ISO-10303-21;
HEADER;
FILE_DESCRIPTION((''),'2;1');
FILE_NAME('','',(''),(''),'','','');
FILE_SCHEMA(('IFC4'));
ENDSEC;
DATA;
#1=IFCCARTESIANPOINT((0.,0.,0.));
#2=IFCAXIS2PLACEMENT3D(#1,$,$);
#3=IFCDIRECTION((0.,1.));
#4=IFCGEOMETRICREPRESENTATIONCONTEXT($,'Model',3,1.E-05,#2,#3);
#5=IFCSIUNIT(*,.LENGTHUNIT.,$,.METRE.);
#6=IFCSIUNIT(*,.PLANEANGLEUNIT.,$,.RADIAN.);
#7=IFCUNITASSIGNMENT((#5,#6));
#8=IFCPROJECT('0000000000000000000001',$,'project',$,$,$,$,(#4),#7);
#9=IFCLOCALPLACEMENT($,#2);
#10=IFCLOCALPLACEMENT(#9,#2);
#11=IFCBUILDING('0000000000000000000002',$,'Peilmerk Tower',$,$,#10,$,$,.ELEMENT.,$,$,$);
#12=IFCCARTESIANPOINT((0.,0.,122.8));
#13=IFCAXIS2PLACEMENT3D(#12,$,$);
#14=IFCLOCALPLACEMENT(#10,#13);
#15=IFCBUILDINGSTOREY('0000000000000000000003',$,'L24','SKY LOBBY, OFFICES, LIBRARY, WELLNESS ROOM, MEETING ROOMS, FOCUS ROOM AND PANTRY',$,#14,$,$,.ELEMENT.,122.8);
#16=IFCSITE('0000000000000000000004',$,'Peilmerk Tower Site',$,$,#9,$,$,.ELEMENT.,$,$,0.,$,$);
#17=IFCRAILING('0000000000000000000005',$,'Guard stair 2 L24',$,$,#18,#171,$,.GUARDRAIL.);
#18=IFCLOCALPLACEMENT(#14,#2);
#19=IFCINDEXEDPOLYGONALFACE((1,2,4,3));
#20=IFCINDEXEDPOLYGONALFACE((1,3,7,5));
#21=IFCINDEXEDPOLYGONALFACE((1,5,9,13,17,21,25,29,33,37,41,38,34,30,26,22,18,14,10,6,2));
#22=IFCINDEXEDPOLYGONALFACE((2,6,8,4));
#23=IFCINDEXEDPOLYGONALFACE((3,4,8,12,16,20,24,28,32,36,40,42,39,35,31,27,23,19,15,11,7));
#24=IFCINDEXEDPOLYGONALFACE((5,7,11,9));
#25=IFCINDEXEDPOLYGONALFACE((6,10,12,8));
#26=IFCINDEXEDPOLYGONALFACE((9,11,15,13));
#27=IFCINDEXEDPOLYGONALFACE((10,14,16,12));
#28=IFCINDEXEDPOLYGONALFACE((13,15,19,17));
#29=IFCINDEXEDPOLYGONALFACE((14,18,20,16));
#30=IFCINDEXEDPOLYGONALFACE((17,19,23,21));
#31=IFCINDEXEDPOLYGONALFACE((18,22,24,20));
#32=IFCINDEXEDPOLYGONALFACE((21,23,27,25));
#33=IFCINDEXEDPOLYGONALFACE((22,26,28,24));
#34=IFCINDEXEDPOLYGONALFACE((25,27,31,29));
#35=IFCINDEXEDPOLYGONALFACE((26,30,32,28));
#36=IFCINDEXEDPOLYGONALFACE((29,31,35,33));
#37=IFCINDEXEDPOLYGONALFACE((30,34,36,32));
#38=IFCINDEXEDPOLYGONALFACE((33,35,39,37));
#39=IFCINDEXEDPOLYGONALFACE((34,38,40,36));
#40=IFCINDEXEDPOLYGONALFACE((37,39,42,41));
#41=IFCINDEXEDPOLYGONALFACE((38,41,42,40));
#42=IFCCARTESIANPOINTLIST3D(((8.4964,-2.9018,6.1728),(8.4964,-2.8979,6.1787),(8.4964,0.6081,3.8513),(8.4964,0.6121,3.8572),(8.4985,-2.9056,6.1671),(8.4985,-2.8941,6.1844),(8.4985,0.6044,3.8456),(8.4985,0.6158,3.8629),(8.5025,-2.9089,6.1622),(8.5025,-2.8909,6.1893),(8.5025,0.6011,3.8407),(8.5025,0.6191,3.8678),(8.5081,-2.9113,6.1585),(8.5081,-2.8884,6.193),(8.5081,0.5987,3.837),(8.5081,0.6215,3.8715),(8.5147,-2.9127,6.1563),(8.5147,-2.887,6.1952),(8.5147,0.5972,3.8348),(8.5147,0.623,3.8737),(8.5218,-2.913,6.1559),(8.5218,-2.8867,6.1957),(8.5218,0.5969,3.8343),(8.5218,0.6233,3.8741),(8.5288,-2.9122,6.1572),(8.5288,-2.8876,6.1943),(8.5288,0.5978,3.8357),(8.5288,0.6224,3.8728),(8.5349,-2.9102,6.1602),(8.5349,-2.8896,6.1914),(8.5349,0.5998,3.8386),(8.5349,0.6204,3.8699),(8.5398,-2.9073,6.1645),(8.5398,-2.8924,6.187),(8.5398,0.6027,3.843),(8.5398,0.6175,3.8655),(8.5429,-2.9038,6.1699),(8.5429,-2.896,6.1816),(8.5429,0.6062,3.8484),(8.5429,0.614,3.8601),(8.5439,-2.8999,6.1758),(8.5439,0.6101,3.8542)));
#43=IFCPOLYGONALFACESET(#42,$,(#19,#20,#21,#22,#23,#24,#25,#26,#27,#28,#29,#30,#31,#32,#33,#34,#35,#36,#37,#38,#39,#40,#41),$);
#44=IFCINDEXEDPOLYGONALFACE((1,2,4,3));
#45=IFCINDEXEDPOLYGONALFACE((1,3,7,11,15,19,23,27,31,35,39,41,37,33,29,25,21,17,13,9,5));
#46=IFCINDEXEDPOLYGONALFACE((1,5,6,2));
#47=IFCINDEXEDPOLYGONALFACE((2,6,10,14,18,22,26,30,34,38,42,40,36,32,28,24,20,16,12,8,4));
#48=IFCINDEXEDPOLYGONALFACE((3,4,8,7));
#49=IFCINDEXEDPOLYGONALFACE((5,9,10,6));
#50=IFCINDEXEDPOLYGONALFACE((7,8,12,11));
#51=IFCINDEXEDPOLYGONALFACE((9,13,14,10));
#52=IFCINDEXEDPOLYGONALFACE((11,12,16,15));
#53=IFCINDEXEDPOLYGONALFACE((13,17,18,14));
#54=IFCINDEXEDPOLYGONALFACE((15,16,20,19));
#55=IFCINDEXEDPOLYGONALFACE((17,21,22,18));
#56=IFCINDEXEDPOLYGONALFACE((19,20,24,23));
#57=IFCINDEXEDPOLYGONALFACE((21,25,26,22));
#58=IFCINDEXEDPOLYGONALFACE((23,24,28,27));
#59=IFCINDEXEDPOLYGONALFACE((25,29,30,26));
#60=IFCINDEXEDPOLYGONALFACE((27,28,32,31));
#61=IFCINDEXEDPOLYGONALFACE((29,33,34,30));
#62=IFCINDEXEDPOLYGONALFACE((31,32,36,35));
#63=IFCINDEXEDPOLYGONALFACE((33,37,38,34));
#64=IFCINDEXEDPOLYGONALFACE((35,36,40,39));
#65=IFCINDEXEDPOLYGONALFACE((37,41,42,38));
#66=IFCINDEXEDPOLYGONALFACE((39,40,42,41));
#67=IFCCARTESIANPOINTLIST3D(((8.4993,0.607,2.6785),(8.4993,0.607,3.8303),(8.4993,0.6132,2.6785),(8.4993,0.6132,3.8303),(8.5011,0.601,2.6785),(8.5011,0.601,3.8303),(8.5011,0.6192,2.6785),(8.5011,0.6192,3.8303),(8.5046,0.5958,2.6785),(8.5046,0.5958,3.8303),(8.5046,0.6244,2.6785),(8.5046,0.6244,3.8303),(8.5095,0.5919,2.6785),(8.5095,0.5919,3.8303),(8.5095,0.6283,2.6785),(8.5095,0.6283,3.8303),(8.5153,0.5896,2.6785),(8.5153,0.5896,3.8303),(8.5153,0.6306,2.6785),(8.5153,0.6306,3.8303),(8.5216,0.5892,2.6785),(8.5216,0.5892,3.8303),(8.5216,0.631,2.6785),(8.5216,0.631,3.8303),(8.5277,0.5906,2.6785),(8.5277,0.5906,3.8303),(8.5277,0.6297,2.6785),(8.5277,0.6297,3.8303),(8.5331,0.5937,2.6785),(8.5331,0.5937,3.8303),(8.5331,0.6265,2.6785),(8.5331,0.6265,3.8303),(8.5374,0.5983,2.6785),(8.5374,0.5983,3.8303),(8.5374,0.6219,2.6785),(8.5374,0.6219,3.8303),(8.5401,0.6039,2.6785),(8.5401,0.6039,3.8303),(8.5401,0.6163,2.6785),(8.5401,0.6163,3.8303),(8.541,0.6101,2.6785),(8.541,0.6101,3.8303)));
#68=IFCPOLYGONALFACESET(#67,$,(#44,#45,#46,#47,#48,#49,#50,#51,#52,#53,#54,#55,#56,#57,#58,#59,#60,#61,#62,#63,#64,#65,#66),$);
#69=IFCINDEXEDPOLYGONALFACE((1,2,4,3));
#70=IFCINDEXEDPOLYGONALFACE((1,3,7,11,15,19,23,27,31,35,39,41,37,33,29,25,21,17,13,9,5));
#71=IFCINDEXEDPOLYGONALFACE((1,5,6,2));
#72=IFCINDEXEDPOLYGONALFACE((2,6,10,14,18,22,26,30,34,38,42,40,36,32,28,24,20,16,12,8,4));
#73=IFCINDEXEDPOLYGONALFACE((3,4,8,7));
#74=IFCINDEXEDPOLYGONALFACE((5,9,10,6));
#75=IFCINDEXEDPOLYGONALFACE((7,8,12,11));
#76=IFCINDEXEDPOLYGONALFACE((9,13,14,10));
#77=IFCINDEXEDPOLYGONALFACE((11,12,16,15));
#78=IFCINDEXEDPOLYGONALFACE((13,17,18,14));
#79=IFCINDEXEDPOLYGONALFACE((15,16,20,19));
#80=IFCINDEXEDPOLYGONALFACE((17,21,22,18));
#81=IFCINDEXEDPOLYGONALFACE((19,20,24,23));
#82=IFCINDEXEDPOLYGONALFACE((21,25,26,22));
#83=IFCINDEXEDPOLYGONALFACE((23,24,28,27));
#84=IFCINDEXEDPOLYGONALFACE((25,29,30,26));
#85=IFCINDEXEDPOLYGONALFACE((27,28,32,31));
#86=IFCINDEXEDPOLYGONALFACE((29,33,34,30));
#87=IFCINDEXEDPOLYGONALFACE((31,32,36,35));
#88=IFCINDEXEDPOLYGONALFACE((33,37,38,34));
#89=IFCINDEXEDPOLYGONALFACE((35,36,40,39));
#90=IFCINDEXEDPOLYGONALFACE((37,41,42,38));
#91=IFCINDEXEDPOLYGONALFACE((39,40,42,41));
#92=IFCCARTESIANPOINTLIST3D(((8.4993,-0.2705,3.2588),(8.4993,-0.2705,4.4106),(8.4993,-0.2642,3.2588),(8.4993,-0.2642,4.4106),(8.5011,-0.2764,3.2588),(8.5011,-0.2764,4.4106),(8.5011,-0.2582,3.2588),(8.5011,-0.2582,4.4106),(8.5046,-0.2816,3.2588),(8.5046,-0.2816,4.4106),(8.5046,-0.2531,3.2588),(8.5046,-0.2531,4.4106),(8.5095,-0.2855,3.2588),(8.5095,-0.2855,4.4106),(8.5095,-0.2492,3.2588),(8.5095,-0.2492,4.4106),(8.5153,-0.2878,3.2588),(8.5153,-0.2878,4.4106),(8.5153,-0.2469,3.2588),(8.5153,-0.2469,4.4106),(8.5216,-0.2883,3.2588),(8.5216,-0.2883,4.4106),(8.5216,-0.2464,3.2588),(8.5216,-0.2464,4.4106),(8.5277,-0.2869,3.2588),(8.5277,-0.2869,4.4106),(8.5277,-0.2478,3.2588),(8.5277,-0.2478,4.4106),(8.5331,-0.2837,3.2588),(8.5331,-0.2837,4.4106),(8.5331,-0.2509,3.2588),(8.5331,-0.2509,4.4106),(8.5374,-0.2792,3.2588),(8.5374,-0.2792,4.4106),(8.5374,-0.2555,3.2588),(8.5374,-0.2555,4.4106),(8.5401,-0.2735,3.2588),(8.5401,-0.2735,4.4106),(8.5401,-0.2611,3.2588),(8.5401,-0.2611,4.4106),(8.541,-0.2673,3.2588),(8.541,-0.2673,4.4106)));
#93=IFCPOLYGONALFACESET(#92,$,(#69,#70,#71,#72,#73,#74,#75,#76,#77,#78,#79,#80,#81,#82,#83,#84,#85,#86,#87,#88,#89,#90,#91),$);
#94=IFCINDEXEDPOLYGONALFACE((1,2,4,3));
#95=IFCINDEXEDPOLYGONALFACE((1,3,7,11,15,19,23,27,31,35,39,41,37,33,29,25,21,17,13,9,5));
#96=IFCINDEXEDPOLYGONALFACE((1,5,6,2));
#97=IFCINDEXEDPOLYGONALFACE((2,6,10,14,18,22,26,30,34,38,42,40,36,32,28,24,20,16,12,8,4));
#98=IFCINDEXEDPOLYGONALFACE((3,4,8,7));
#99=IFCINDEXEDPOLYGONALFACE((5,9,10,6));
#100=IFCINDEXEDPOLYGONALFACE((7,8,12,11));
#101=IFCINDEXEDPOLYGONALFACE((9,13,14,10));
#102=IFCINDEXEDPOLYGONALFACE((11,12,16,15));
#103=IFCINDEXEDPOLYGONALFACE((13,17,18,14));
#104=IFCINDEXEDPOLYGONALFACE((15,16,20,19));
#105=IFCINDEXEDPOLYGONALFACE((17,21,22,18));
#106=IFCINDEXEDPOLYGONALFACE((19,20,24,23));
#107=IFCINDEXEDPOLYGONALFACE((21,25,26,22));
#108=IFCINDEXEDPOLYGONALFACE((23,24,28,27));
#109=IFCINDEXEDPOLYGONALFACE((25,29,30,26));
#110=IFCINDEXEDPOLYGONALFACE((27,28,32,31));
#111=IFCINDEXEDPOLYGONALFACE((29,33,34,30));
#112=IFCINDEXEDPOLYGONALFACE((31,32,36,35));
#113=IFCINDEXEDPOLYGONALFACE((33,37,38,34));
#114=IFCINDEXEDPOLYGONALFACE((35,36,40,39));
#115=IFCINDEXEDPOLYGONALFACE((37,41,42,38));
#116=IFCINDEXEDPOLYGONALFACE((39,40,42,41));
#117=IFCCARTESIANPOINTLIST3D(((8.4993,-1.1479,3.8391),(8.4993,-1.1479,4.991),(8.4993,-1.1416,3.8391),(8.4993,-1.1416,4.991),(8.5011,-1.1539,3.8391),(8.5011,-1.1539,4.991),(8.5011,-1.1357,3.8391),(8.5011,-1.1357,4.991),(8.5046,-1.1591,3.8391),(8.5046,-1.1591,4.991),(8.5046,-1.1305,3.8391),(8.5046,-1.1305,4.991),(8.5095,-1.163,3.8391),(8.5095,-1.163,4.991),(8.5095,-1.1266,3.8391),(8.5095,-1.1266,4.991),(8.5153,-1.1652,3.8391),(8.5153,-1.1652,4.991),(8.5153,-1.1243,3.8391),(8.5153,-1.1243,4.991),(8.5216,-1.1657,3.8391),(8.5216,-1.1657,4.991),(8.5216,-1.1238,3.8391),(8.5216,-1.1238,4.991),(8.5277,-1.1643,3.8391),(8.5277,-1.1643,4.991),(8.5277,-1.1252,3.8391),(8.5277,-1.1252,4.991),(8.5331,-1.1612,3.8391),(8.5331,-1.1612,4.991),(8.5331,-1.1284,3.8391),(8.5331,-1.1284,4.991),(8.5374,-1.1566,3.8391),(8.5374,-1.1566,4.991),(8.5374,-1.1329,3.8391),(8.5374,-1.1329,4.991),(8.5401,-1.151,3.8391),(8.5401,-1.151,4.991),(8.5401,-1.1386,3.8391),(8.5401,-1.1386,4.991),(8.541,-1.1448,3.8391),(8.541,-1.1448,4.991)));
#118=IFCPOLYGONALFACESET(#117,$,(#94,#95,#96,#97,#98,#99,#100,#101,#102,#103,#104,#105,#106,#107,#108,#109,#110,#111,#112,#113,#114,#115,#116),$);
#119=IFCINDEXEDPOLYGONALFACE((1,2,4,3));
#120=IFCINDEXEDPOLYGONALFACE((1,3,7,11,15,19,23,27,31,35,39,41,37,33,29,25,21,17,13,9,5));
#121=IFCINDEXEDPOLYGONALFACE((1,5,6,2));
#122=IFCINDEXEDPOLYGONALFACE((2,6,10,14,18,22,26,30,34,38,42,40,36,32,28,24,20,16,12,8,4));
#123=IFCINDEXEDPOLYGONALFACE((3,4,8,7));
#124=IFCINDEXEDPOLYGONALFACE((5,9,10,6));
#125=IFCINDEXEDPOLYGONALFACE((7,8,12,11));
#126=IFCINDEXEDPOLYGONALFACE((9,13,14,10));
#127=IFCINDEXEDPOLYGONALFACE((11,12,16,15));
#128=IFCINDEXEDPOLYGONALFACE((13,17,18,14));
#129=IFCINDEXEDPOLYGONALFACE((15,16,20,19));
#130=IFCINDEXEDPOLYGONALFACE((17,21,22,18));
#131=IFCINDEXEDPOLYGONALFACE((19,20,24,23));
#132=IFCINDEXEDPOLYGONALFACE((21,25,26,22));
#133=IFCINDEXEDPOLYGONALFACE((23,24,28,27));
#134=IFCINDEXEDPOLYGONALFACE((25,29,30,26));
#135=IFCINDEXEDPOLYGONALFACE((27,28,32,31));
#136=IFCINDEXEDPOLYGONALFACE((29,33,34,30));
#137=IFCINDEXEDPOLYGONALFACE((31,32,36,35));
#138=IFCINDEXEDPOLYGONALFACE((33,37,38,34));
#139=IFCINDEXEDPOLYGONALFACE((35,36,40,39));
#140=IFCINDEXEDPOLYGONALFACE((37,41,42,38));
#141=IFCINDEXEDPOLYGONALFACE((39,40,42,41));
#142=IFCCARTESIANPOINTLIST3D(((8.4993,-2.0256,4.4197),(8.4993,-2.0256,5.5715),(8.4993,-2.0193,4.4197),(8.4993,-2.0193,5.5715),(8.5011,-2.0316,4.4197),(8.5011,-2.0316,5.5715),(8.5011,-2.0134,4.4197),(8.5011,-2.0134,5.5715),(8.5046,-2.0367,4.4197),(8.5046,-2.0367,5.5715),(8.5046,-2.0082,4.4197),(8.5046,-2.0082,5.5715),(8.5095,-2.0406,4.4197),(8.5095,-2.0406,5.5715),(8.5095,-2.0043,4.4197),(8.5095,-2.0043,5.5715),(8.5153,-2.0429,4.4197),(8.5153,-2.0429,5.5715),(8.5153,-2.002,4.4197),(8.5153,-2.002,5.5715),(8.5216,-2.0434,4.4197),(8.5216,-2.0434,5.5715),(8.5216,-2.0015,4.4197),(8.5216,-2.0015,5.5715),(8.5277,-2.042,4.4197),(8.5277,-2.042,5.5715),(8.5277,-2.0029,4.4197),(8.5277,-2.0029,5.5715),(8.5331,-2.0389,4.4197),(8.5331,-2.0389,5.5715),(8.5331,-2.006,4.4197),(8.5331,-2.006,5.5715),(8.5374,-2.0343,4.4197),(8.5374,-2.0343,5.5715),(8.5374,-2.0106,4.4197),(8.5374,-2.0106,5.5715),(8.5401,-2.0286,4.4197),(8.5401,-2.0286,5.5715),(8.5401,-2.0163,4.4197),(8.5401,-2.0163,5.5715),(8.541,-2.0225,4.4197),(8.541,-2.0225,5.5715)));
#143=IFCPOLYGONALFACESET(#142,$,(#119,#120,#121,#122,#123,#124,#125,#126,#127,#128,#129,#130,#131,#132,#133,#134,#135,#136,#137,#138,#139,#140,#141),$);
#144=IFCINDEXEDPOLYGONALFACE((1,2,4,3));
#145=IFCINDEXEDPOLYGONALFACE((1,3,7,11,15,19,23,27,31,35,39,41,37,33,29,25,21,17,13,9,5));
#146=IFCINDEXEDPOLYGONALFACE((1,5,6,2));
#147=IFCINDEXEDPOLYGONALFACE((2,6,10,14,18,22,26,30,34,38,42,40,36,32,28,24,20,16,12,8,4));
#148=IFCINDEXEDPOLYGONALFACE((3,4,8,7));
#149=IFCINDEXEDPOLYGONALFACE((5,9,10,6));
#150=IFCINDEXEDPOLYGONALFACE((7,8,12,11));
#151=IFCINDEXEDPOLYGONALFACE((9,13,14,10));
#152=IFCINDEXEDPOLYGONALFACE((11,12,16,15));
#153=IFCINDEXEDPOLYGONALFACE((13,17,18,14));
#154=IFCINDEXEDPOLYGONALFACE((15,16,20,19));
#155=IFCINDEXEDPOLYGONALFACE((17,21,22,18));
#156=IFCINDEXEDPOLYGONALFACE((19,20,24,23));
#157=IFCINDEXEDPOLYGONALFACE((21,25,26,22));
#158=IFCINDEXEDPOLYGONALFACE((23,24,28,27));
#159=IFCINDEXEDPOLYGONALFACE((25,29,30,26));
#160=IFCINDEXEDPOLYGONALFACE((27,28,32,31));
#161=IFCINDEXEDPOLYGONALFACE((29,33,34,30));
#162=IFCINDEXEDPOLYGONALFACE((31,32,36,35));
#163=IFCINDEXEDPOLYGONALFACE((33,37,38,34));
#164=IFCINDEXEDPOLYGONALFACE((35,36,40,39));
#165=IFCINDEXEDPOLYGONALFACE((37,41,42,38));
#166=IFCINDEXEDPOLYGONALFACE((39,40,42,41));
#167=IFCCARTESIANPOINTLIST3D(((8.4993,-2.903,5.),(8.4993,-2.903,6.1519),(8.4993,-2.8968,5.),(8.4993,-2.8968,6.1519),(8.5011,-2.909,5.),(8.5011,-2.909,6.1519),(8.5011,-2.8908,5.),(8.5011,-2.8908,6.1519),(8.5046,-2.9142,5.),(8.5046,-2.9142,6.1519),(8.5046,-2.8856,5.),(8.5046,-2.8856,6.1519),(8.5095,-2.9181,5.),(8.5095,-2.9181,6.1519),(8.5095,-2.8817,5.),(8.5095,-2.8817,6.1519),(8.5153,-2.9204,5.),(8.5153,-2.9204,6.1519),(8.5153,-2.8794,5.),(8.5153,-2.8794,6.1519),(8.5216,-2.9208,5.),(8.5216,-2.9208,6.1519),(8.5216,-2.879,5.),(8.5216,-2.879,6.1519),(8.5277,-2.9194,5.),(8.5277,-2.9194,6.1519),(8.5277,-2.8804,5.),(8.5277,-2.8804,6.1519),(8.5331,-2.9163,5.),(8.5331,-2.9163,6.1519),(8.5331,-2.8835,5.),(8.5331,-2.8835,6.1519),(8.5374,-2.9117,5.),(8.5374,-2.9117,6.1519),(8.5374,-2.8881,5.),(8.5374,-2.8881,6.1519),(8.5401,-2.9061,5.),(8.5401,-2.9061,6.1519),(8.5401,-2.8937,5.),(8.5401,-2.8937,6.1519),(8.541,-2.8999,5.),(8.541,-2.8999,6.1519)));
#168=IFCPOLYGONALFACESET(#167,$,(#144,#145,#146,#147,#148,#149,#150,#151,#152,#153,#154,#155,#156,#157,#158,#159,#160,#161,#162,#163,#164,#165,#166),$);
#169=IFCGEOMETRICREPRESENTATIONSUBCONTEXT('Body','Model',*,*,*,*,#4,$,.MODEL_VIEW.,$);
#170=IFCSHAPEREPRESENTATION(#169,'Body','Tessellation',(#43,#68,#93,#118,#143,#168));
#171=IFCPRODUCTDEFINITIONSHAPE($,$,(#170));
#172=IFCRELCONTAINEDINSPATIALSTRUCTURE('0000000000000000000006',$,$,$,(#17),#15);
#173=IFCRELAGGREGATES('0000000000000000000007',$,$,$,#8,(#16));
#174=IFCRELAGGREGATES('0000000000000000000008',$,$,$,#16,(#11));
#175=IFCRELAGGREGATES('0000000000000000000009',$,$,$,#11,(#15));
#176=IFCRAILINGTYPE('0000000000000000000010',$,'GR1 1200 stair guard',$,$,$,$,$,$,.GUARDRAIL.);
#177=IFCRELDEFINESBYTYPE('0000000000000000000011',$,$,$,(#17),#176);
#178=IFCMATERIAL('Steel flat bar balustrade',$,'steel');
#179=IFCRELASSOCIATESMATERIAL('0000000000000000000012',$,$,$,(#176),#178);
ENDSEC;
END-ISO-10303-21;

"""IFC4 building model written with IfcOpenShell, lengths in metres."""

from ifc_helpers import new_model, si_unit, direction, frame, origin, origin_2d, place, context, subcontext, project, spatial, circle, extrude, material, type_object, element, save


model = new_model("IFC4")

# Units and contexts
model_context = context("Model", 3, precision=1e-05, world=origin(), true_north=direction((0.0, 1.0)))
body_context = subcontext(model_context, "Body", "Model", "MODEL_VIEW")
ifc_project = project(units=[si_unit("LENGTHUNIT", "METRE"), si_unit("PLANEANGLEUNIT", "RADIAN")], contexts=[model_context])

# Site, building, storey
site_placement = place(None, origin())
site = spatial("IfcSite", under=ifc_project, at=site_placement, Name="Peilmerk Tower Site", CompositionType="ELEMENT", RefElevation=0.0)
building_placement = place(site_placement, origin())
building = spatial("IfcBuilding", under=site, at=building_placement, Name="Peilmerk Tower", CompositionType="ELEMENT")
storey_placement = place(building_placement, frame((0.0, 0.0, 122.8)))
storey = spatial("IfcBuildingStorey", under=building, at=storey_placement, Name="L24", Description="SKY LOBBY, OFFICES, LIBRARY, WELLNESS ROOM, MEETING ROOMS, FOCUS ROOM AND PANTRY", CompositionType="ELEMENT", Elevation=122.8)

# Railing
ifc_material_1 = material(Name="Steel flat bar balustrade", Category="steel")
railing_type = type_object("IfcRailingType", Name="GR1 1200 stair guard", PredefinedType="GUARDRAIL", material=ifc_material_1)
railing_placement = place(storey_placement, frame((8.52, 0.6101, 2.6785)))
element("IfcRailing", 1, at=railing_placement, inside=storey, type_object=railing_type, Name="Guard stair 2 L24", PredefinedType="GUARDRAIL", context=body_context, shape_type="SweptSolid", body=[
    extrude(circle(Radius=0.0239, at=origin_2d()), frame((0.0, 0.0, 1.1758), z_axis=(0.0, -0.834071, 0.551657), x_axis=(1.0, 0.0, 0.0)), (0.0, 0.0, 1.0), 4.2083),
    extrude(circle(Radius=0.021, at=origin_2d()), origin(), (0.0, 0.0, 1.0), 1.1519),
    extrude(circle(Radius=0.021, at=origin_2d()), frame((0.0, -0.8774, 0.5803)), (0.0, 0.0, 1.0), 1.1519),
    extrude(circle(Radius=0.021, at=origin_2d()), frame((0.0, -1.7549, 1.1606)), (0.0, 0.0, 1.0), 1.1519),
    extrude(circle(Radius=0.021, at=origin_2d()), frame((0.0, -2.6326, 1.7412)), (0.0, 0.0, 1.0), 1.1519),
    extrude(circle(Radius=0.021, at=origin_2d()), frame((0.0, -3.51, 2.3215)), (0.0, 0.0, 1.0), 1.1519),
])

save(model, "model.ifc")
